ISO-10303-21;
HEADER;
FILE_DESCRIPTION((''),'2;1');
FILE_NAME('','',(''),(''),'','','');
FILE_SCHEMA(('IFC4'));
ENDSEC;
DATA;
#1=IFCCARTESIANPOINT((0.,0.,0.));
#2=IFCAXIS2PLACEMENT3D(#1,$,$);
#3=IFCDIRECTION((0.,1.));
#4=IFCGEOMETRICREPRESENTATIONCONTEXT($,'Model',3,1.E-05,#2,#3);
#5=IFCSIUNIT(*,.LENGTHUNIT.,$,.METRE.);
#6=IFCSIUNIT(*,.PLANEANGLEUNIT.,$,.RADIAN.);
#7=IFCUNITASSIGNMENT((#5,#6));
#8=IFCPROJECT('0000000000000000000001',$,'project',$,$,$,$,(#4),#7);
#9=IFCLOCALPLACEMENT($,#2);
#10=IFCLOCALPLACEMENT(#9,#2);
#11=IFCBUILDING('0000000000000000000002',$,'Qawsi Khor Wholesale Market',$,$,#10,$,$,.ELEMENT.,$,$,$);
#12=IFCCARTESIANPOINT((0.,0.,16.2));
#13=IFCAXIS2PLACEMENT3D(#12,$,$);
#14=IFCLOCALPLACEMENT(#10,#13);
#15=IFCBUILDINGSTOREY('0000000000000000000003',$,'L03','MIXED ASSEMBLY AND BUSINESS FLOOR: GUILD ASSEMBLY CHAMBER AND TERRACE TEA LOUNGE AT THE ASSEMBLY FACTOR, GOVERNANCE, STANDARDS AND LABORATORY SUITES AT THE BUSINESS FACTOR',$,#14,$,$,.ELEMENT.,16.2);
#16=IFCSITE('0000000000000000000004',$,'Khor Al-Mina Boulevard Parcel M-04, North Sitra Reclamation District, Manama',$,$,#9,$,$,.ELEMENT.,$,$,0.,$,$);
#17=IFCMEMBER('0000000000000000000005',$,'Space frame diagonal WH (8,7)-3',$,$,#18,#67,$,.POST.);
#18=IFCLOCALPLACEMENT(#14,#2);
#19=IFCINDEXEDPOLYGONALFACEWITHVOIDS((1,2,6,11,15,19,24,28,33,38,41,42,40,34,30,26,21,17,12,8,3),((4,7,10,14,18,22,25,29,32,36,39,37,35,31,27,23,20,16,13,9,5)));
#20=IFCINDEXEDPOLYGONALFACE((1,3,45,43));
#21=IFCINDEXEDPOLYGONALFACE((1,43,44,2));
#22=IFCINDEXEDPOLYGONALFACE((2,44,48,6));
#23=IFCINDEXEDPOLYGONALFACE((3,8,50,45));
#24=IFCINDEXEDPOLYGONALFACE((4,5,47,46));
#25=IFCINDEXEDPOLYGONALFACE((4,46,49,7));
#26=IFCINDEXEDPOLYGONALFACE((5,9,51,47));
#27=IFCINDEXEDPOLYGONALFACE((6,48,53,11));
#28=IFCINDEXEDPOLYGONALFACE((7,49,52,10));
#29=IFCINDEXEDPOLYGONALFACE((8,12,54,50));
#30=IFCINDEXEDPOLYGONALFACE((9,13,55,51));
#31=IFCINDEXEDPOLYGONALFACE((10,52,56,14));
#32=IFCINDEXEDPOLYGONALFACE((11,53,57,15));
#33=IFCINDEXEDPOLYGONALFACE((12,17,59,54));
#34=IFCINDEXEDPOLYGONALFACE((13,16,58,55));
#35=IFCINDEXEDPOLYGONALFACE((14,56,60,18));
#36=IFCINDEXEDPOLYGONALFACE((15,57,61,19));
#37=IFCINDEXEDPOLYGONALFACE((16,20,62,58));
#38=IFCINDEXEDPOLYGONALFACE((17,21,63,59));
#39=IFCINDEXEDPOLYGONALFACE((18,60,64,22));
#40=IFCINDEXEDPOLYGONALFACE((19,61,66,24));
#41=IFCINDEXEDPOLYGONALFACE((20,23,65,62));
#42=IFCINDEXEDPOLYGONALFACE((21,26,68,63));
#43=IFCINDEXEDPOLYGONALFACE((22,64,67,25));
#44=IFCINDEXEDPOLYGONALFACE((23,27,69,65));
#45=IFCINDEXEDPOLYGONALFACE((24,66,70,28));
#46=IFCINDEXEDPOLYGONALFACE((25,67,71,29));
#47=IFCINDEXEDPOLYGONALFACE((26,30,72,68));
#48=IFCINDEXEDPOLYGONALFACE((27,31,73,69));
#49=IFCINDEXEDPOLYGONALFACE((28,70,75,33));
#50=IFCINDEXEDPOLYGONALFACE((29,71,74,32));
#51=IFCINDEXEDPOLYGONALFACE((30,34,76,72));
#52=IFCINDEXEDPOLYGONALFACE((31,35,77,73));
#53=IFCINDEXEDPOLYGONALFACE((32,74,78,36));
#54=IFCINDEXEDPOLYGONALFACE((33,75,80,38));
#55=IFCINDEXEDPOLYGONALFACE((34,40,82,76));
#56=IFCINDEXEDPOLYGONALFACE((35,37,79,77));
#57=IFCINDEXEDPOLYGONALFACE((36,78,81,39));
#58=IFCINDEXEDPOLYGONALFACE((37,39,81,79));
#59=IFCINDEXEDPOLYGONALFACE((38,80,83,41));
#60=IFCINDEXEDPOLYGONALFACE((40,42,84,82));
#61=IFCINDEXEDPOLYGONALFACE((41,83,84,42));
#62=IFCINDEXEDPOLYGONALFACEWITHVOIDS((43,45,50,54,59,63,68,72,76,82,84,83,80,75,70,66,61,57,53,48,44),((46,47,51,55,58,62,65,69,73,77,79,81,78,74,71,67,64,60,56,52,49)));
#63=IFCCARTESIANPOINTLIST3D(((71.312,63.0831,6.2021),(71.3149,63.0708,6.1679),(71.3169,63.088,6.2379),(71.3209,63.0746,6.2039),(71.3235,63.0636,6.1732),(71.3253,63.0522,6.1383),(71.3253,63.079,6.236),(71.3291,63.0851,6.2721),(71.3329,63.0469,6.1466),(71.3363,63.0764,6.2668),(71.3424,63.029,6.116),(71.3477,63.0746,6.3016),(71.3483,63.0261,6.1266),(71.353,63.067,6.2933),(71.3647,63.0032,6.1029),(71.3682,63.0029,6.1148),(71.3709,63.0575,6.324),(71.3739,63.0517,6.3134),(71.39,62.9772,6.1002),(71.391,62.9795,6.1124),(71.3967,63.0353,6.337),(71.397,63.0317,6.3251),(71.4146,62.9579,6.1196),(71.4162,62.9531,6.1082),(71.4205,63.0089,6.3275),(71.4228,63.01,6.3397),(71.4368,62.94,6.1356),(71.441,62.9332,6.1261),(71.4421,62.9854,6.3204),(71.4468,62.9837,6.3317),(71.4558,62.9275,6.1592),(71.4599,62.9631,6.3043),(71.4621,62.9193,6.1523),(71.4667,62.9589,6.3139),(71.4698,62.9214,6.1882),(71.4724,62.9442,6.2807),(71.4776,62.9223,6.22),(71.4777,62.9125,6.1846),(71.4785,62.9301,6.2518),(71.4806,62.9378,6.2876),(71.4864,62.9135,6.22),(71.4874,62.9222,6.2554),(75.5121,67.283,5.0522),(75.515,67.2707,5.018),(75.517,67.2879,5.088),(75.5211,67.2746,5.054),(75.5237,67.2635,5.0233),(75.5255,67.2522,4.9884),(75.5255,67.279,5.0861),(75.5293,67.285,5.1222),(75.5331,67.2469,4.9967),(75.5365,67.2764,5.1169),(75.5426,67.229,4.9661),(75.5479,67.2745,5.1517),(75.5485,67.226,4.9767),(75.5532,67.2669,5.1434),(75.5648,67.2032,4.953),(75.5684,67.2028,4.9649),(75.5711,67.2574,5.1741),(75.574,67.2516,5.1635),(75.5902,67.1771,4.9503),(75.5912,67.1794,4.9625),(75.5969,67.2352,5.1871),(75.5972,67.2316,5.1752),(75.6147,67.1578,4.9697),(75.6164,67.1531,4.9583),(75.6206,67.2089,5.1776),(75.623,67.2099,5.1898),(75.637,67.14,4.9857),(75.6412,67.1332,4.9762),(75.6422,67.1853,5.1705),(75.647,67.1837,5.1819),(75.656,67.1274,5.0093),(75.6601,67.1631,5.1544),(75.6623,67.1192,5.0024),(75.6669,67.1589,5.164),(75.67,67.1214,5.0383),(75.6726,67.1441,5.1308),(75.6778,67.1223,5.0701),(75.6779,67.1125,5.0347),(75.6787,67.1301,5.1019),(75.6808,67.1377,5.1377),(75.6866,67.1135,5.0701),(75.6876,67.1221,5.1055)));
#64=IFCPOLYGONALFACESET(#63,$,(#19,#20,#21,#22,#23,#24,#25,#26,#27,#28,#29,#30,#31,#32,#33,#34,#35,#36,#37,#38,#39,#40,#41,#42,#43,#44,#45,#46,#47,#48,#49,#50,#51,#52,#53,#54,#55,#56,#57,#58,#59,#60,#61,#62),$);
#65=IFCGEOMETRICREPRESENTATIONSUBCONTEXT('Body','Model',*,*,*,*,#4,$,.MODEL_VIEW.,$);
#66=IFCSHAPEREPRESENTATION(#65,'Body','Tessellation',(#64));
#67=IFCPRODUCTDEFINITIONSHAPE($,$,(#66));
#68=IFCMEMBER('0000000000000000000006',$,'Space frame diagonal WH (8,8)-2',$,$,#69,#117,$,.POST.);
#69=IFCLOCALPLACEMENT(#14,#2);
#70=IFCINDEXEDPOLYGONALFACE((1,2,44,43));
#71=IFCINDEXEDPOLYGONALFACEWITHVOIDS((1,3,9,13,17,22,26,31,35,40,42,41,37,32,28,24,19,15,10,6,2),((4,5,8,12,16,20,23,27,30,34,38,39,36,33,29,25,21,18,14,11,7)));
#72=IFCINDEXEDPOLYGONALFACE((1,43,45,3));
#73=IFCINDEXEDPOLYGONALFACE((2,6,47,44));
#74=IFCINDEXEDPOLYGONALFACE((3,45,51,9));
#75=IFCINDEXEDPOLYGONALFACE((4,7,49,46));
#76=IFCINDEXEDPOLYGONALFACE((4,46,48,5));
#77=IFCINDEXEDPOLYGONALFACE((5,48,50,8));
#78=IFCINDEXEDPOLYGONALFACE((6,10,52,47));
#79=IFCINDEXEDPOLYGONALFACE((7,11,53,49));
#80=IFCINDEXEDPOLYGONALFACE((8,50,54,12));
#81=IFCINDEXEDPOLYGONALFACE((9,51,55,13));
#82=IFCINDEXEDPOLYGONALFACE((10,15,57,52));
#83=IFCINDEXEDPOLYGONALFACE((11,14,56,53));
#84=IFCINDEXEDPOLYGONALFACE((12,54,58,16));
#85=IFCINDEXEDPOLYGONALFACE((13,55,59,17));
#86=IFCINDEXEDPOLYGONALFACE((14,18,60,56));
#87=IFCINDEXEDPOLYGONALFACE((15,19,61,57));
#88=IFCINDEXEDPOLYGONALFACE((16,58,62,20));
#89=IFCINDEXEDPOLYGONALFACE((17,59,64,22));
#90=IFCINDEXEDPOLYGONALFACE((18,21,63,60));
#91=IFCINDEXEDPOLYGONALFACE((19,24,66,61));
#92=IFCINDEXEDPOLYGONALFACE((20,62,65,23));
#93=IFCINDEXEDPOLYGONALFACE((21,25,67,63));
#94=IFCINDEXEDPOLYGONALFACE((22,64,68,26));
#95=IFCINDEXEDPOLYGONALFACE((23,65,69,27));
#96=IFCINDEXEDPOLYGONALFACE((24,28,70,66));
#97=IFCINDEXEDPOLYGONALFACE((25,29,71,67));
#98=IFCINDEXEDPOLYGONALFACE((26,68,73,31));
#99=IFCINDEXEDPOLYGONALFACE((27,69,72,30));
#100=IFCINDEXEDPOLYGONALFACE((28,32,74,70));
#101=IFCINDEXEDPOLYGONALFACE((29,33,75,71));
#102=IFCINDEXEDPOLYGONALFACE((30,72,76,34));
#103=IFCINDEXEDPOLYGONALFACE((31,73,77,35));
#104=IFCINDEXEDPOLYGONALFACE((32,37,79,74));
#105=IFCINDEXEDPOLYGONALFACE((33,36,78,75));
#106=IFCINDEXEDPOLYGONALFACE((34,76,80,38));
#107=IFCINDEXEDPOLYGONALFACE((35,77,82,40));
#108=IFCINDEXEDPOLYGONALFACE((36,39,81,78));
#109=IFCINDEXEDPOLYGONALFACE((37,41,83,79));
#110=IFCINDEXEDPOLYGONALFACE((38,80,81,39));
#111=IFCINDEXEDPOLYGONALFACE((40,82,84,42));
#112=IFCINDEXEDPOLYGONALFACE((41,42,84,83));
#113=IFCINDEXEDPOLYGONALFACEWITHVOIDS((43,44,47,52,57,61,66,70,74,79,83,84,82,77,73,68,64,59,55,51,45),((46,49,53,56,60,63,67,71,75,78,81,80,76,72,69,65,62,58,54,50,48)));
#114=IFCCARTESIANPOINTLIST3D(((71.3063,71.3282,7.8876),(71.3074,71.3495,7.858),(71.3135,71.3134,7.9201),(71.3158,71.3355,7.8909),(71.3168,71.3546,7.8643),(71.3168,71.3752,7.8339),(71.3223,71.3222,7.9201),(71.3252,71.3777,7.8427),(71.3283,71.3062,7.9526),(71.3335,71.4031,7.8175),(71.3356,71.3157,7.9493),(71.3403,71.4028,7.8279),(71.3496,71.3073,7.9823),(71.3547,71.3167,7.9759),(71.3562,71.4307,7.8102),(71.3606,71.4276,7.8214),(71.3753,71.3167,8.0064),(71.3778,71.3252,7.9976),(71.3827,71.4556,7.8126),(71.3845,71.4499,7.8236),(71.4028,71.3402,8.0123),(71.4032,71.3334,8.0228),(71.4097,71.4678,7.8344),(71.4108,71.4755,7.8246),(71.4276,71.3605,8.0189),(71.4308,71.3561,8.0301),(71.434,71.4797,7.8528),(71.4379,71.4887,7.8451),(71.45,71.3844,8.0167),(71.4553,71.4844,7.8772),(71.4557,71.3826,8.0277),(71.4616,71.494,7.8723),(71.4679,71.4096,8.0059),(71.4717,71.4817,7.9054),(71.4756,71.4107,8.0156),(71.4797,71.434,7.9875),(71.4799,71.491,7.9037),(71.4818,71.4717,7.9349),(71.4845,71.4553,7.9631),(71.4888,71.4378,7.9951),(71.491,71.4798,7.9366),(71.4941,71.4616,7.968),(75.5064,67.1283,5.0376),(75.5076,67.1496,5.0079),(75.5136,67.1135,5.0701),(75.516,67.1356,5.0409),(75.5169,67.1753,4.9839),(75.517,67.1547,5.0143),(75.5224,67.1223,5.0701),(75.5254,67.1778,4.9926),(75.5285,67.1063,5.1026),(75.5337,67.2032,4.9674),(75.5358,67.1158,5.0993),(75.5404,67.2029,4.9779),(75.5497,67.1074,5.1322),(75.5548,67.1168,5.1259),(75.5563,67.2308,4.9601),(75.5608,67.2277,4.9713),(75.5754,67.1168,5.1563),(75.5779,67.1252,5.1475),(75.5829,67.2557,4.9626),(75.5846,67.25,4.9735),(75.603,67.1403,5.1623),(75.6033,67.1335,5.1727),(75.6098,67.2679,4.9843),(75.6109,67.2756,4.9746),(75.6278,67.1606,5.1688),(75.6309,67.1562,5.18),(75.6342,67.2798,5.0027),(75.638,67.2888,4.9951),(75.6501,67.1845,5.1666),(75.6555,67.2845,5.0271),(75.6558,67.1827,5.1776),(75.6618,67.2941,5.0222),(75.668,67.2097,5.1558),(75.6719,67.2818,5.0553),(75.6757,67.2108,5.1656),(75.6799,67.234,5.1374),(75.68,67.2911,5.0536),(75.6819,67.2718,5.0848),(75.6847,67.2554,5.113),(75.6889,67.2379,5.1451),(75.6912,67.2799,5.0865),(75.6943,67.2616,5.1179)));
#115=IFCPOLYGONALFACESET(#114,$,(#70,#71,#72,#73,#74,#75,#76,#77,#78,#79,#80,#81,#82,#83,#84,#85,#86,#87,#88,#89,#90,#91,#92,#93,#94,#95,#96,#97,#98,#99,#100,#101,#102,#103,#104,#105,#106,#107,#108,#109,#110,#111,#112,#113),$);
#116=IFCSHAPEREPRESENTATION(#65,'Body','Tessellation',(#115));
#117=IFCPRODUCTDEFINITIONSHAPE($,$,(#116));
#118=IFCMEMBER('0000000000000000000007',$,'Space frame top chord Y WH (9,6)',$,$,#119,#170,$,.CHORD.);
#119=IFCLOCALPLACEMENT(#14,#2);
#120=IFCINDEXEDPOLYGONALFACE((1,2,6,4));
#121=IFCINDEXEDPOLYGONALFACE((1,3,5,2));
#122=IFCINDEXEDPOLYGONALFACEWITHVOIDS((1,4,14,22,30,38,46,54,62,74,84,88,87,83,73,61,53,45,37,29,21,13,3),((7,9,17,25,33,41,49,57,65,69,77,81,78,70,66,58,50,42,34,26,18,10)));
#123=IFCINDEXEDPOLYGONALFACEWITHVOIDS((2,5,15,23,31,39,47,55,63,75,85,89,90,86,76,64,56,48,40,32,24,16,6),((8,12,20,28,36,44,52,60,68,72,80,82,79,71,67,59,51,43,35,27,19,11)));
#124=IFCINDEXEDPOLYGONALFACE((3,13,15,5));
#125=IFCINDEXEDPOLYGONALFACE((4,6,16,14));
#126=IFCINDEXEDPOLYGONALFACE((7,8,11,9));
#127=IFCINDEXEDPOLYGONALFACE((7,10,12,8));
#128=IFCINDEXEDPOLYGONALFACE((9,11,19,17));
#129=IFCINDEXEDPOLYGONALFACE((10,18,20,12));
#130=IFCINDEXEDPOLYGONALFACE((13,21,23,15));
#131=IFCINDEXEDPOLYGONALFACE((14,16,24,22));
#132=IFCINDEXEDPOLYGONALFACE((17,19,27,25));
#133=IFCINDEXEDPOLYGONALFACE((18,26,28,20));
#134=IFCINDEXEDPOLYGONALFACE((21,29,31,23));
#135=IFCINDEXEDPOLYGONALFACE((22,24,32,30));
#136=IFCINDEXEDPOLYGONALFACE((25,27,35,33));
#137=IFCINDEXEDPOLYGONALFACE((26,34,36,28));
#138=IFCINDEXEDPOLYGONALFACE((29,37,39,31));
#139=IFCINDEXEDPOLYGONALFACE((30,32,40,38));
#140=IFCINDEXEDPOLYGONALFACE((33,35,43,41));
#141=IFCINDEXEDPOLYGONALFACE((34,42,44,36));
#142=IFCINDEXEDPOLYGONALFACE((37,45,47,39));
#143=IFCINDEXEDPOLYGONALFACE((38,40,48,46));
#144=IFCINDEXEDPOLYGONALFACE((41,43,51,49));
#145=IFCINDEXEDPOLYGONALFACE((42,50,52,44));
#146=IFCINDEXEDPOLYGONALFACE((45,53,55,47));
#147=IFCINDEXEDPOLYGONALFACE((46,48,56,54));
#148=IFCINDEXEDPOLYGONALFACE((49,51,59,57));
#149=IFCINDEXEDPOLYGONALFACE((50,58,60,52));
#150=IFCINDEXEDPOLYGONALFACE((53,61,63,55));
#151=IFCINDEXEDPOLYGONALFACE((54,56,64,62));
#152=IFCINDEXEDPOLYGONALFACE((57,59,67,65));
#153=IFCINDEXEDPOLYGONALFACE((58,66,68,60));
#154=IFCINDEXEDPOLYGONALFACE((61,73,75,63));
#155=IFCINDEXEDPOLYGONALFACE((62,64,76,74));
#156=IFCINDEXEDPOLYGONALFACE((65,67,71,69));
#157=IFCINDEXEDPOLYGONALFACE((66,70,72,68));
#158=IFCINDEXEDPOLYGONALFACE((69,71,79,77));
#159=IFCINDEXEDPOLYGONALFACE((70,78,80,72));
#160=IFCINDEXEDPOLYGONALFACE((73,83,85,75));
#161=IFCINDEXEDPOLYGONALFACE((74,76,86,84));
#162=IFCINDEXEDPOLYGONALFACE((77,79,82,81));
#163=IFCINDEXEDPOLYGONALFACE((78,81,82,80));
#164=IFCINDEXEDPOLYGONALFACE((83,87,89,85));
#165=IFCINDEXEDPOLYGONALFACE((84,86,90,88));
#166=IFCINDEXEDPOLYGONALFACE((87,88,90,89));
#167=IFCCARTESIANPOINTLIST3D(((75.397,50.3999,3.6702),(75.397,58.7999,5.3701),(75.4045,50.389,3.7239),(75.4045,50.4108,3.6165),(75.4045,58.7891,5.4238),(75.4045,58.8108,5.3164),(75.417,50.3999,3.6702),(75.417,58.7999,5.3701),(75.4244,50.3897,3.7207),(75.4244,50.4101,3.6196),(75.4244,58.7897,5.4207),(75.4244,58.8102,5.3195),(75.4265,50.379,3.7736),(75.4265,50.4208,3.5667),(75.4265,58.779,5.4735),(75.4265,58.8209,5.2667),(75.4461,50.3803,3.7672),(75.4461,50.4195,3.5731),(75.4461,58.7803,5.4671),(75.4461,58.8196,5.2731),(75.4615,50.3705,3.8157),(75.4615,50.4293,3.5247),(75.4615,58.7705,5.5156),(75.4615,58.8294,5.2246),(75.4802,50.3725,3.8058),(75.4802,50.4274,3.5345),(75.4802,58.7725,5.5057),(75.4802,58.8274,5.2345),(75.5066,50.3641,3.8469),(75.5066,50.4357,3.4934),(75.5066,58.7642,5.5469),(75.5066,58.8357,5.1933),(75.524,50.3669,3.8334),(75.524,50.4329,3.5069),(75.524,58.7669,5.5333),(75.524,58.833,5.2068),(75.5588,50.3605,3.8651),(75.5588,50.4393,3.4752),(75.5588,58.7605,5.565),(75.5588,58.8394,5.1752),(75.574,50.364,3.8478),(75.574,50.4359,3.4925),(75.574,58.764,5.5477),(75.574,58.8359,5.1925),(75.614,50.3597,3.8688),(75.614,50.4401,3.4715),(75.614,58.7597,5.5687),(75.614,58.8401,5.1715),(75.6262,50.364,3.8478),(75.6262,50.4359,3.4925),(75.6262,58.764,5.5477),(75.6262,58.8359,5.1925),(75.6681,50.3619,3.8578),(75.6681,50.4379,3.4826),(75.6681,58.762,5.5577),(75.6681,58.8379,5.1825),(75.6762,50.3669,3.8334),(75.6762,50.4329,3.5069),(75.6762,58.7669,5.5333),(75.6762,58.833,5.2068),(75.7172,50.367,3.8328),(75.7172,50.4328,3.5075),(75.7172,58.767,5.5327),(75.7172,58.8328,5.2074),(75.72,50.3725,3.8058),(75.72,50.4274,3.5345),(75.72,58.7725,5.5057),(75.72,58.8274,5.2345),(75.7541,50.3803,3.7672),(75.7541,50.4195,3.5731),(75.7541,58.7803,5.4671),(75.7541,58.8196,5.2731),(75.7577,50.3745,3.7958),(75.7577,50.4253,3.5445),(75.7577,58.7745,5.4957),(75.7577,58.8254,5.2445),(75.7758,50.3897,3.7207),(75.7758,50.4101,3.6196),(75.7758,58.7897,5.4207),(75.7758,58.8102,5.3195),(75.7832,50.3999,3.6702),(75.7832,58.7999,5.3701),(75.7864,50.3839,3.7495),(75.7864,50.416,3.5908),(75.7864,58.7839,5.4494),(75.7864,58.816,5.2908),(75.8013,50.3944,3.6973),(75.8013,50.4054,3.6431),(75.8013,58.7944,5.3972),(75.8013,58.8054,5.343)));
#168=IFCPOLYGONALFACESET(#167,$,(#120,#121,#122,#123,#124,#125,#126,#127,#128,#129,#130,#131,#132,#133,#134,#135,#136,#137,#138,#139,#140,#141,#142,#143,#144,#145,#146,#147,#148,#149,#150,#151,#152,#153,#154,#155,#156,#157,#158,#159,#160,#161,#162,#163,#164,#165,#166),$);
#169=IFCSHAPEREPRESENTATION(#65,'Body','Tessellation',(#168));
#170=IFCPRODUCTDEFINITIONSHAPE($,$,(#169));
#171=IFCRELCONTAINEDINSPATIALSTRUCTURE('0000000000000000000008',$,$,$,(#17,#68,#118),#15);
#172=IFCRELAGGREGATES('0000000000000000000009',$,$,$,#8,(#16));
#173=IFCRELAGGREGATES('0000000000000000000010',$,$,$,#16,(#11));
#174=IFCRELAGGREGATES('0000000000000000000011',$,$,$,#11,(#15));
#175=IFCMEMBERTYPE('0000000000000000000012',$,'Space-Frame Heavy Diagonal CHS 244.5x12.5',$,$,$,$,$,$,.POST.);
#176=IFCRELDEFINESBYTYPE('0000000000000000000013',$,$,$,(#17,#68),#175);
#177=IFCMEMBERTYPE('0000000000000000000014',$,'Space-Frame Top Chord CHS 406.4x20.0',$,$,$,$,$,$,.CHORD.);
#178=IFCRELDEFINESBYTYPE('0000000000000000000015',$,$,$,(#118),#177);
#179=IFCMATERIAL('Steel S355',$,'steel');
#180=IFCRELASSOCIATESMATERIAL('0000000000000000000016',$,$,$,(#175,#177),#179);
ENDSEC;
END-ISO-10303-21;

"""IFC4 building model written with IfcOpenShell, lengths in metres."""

from ifc_helpers import new_model, si_unit, direction, frame, origin, origin_2d, place, context, subcontext, project, spatial, hollow_circle, extrude, material, material_profile, profile_set, type_object, element, save


model = new_model("IFC4")

# Units and contexts
model_context = context("Model", 3, precision=1e-05, world=origin(), true_north=direction((0.0, 1.0)))
body_context = subcontext(model_context, "Body", "Model", "MODEL_VIEW")
ifc_project = project(units=[si_unit("LENGTHUNIT", "METRE"), si_unit("PLANEANGLEUNIT", "RADIAN")], contexts=[model_context])

# Site, building, storey
site_placement = place(None, origin())
site = spatial("IfcSite", under=ifc_project, at=site_placement, Name="Khor Al-Mina Boulevard Parcel M-04, North Sitra Reclamation District, Manama", CompositionType="ELEMENT", RefElevation=0.0)
building_placement = place(site_placement, origin())
building = spatial("IfcBuilding", under=site, at=building_placement, Name="Qawsi Khor Wholesale Market", CompositionType="ELEMENT")
storey_placement = place(building_placement, frame((0.0, 0.0, 16.2)))
storey = spatial("IfcBuildingStorey", under=building, at=storey_placement, Name="L03", Description="MIXED ASSEMBLY AND BUSINESS FLOOR: GUILD ASSEMBLY CHAMBER AND TERRACE TEA LOUNGE AT THE ASSEMBLY FACTOR, GOVERNANCE, STANDARDS AND LABORATORY SUITES AT THE BUSINESS FACTOR", CompositionType="ELEMENT", Elevation=16.2)

# Shared definitions
ifc_material_1 = material(Name="Steel S355", Category="steel")

# Members
ifc_material_profile_1 = material_profile(ifc_material_1, hollow_circle(Radius=0.1223, WallThickness=0.0125, at=origin_2d()), Name="CHS 244.5x12.5")
ifc_profile_set_1 = profile_set([ifc_material_profile_1], Name="Steel S355")
member_type_1 = type_object("IfcMemberType", Name="Space-Frame Heavy Diagonal CHS 244.5x12.5", PredefinedType="POST", material=ifc_profile_set_1)
member_1_placement = place(storey_placement, frame((75.6001, 67.2, 5.0701), z_axis=(-0.694238, -0.694197, 0.190064), x_axis=(0.707086, -0.707127, 0.0)))
element("IfcMember", 1, at=member_1_placement, inside=storey, type_object=member_type_1, Name="Space frame diagonal WH (8,7)-3", PredefinedType="POST", context=body_context, shape_type="SweptSolid", body=[
    extrude(hollow_circle(Radius=0.1223, WallThickness=0.0125, at=origin_2d()), origin(), (0.0, 0.0, 1.0), 6.05),
])
member_2_placement = place(storey_placement, frame((75.6001, 67.2, 5.0701), z_axis=(-0.637534, 0.637497, 0.432607), x_axis=(-0.707086, -0.707127, 0.0)))
element("IfcMember", 2, at=member_2_placement, inside=storey, type_object=member_type_1, Name="Space frame diagonal WH (8,8)-2", PredefinedType="POST", context=body_context, shape_type="SweptSolid", body=[
    extrude(hollow_circle(Radius=0.1223, WallThickness=0.0125, at=origin_2d()), origin(), (0.0, 0.0, 1.0), 6.5881),
])
ifc_material_profile_2 = material_profile(ifc_material_1, hollow_circle(Radius=0.2031, WallThickness=0.02, at=origin_2d()), Name="CHS 406.4x20.0")
ifc_profile_set_2 = profile_set([ifc_material_profile_2], Name="Steel S355")
member_type_2 = type_object("IfcMemberType", Name="Space-Frame Top Chord CHS 406.4x20.0", PredefinedType="CHORD", material=ifc_profile_set_2)
for number, where, z_axis, x_axis, name in (
    (3, (75.6001, 50.3999, 3.6702), (0.0, 0.980131, 0.198351), (-1.0, 0.0, 0.0), "Space frame top chord Y WH (9,6)"),
):
    element("IfcMember", number, at=place(storey_placement, frame(where, z_axis=z_axis, x_axis=x_axis)), inside=storey, type_object=member_type_2, Name=name, PredefinedType="CHORD", context=body_context, shape_type="SweptSolid", body=[
        extrude(hollow_circle(Radius=0.2031, WallThickness=0.02, at=origin_2d()), origin(), (0.0, 0.0, 1.0), 8.5703),
    ])

save(model, "model.ifc")
